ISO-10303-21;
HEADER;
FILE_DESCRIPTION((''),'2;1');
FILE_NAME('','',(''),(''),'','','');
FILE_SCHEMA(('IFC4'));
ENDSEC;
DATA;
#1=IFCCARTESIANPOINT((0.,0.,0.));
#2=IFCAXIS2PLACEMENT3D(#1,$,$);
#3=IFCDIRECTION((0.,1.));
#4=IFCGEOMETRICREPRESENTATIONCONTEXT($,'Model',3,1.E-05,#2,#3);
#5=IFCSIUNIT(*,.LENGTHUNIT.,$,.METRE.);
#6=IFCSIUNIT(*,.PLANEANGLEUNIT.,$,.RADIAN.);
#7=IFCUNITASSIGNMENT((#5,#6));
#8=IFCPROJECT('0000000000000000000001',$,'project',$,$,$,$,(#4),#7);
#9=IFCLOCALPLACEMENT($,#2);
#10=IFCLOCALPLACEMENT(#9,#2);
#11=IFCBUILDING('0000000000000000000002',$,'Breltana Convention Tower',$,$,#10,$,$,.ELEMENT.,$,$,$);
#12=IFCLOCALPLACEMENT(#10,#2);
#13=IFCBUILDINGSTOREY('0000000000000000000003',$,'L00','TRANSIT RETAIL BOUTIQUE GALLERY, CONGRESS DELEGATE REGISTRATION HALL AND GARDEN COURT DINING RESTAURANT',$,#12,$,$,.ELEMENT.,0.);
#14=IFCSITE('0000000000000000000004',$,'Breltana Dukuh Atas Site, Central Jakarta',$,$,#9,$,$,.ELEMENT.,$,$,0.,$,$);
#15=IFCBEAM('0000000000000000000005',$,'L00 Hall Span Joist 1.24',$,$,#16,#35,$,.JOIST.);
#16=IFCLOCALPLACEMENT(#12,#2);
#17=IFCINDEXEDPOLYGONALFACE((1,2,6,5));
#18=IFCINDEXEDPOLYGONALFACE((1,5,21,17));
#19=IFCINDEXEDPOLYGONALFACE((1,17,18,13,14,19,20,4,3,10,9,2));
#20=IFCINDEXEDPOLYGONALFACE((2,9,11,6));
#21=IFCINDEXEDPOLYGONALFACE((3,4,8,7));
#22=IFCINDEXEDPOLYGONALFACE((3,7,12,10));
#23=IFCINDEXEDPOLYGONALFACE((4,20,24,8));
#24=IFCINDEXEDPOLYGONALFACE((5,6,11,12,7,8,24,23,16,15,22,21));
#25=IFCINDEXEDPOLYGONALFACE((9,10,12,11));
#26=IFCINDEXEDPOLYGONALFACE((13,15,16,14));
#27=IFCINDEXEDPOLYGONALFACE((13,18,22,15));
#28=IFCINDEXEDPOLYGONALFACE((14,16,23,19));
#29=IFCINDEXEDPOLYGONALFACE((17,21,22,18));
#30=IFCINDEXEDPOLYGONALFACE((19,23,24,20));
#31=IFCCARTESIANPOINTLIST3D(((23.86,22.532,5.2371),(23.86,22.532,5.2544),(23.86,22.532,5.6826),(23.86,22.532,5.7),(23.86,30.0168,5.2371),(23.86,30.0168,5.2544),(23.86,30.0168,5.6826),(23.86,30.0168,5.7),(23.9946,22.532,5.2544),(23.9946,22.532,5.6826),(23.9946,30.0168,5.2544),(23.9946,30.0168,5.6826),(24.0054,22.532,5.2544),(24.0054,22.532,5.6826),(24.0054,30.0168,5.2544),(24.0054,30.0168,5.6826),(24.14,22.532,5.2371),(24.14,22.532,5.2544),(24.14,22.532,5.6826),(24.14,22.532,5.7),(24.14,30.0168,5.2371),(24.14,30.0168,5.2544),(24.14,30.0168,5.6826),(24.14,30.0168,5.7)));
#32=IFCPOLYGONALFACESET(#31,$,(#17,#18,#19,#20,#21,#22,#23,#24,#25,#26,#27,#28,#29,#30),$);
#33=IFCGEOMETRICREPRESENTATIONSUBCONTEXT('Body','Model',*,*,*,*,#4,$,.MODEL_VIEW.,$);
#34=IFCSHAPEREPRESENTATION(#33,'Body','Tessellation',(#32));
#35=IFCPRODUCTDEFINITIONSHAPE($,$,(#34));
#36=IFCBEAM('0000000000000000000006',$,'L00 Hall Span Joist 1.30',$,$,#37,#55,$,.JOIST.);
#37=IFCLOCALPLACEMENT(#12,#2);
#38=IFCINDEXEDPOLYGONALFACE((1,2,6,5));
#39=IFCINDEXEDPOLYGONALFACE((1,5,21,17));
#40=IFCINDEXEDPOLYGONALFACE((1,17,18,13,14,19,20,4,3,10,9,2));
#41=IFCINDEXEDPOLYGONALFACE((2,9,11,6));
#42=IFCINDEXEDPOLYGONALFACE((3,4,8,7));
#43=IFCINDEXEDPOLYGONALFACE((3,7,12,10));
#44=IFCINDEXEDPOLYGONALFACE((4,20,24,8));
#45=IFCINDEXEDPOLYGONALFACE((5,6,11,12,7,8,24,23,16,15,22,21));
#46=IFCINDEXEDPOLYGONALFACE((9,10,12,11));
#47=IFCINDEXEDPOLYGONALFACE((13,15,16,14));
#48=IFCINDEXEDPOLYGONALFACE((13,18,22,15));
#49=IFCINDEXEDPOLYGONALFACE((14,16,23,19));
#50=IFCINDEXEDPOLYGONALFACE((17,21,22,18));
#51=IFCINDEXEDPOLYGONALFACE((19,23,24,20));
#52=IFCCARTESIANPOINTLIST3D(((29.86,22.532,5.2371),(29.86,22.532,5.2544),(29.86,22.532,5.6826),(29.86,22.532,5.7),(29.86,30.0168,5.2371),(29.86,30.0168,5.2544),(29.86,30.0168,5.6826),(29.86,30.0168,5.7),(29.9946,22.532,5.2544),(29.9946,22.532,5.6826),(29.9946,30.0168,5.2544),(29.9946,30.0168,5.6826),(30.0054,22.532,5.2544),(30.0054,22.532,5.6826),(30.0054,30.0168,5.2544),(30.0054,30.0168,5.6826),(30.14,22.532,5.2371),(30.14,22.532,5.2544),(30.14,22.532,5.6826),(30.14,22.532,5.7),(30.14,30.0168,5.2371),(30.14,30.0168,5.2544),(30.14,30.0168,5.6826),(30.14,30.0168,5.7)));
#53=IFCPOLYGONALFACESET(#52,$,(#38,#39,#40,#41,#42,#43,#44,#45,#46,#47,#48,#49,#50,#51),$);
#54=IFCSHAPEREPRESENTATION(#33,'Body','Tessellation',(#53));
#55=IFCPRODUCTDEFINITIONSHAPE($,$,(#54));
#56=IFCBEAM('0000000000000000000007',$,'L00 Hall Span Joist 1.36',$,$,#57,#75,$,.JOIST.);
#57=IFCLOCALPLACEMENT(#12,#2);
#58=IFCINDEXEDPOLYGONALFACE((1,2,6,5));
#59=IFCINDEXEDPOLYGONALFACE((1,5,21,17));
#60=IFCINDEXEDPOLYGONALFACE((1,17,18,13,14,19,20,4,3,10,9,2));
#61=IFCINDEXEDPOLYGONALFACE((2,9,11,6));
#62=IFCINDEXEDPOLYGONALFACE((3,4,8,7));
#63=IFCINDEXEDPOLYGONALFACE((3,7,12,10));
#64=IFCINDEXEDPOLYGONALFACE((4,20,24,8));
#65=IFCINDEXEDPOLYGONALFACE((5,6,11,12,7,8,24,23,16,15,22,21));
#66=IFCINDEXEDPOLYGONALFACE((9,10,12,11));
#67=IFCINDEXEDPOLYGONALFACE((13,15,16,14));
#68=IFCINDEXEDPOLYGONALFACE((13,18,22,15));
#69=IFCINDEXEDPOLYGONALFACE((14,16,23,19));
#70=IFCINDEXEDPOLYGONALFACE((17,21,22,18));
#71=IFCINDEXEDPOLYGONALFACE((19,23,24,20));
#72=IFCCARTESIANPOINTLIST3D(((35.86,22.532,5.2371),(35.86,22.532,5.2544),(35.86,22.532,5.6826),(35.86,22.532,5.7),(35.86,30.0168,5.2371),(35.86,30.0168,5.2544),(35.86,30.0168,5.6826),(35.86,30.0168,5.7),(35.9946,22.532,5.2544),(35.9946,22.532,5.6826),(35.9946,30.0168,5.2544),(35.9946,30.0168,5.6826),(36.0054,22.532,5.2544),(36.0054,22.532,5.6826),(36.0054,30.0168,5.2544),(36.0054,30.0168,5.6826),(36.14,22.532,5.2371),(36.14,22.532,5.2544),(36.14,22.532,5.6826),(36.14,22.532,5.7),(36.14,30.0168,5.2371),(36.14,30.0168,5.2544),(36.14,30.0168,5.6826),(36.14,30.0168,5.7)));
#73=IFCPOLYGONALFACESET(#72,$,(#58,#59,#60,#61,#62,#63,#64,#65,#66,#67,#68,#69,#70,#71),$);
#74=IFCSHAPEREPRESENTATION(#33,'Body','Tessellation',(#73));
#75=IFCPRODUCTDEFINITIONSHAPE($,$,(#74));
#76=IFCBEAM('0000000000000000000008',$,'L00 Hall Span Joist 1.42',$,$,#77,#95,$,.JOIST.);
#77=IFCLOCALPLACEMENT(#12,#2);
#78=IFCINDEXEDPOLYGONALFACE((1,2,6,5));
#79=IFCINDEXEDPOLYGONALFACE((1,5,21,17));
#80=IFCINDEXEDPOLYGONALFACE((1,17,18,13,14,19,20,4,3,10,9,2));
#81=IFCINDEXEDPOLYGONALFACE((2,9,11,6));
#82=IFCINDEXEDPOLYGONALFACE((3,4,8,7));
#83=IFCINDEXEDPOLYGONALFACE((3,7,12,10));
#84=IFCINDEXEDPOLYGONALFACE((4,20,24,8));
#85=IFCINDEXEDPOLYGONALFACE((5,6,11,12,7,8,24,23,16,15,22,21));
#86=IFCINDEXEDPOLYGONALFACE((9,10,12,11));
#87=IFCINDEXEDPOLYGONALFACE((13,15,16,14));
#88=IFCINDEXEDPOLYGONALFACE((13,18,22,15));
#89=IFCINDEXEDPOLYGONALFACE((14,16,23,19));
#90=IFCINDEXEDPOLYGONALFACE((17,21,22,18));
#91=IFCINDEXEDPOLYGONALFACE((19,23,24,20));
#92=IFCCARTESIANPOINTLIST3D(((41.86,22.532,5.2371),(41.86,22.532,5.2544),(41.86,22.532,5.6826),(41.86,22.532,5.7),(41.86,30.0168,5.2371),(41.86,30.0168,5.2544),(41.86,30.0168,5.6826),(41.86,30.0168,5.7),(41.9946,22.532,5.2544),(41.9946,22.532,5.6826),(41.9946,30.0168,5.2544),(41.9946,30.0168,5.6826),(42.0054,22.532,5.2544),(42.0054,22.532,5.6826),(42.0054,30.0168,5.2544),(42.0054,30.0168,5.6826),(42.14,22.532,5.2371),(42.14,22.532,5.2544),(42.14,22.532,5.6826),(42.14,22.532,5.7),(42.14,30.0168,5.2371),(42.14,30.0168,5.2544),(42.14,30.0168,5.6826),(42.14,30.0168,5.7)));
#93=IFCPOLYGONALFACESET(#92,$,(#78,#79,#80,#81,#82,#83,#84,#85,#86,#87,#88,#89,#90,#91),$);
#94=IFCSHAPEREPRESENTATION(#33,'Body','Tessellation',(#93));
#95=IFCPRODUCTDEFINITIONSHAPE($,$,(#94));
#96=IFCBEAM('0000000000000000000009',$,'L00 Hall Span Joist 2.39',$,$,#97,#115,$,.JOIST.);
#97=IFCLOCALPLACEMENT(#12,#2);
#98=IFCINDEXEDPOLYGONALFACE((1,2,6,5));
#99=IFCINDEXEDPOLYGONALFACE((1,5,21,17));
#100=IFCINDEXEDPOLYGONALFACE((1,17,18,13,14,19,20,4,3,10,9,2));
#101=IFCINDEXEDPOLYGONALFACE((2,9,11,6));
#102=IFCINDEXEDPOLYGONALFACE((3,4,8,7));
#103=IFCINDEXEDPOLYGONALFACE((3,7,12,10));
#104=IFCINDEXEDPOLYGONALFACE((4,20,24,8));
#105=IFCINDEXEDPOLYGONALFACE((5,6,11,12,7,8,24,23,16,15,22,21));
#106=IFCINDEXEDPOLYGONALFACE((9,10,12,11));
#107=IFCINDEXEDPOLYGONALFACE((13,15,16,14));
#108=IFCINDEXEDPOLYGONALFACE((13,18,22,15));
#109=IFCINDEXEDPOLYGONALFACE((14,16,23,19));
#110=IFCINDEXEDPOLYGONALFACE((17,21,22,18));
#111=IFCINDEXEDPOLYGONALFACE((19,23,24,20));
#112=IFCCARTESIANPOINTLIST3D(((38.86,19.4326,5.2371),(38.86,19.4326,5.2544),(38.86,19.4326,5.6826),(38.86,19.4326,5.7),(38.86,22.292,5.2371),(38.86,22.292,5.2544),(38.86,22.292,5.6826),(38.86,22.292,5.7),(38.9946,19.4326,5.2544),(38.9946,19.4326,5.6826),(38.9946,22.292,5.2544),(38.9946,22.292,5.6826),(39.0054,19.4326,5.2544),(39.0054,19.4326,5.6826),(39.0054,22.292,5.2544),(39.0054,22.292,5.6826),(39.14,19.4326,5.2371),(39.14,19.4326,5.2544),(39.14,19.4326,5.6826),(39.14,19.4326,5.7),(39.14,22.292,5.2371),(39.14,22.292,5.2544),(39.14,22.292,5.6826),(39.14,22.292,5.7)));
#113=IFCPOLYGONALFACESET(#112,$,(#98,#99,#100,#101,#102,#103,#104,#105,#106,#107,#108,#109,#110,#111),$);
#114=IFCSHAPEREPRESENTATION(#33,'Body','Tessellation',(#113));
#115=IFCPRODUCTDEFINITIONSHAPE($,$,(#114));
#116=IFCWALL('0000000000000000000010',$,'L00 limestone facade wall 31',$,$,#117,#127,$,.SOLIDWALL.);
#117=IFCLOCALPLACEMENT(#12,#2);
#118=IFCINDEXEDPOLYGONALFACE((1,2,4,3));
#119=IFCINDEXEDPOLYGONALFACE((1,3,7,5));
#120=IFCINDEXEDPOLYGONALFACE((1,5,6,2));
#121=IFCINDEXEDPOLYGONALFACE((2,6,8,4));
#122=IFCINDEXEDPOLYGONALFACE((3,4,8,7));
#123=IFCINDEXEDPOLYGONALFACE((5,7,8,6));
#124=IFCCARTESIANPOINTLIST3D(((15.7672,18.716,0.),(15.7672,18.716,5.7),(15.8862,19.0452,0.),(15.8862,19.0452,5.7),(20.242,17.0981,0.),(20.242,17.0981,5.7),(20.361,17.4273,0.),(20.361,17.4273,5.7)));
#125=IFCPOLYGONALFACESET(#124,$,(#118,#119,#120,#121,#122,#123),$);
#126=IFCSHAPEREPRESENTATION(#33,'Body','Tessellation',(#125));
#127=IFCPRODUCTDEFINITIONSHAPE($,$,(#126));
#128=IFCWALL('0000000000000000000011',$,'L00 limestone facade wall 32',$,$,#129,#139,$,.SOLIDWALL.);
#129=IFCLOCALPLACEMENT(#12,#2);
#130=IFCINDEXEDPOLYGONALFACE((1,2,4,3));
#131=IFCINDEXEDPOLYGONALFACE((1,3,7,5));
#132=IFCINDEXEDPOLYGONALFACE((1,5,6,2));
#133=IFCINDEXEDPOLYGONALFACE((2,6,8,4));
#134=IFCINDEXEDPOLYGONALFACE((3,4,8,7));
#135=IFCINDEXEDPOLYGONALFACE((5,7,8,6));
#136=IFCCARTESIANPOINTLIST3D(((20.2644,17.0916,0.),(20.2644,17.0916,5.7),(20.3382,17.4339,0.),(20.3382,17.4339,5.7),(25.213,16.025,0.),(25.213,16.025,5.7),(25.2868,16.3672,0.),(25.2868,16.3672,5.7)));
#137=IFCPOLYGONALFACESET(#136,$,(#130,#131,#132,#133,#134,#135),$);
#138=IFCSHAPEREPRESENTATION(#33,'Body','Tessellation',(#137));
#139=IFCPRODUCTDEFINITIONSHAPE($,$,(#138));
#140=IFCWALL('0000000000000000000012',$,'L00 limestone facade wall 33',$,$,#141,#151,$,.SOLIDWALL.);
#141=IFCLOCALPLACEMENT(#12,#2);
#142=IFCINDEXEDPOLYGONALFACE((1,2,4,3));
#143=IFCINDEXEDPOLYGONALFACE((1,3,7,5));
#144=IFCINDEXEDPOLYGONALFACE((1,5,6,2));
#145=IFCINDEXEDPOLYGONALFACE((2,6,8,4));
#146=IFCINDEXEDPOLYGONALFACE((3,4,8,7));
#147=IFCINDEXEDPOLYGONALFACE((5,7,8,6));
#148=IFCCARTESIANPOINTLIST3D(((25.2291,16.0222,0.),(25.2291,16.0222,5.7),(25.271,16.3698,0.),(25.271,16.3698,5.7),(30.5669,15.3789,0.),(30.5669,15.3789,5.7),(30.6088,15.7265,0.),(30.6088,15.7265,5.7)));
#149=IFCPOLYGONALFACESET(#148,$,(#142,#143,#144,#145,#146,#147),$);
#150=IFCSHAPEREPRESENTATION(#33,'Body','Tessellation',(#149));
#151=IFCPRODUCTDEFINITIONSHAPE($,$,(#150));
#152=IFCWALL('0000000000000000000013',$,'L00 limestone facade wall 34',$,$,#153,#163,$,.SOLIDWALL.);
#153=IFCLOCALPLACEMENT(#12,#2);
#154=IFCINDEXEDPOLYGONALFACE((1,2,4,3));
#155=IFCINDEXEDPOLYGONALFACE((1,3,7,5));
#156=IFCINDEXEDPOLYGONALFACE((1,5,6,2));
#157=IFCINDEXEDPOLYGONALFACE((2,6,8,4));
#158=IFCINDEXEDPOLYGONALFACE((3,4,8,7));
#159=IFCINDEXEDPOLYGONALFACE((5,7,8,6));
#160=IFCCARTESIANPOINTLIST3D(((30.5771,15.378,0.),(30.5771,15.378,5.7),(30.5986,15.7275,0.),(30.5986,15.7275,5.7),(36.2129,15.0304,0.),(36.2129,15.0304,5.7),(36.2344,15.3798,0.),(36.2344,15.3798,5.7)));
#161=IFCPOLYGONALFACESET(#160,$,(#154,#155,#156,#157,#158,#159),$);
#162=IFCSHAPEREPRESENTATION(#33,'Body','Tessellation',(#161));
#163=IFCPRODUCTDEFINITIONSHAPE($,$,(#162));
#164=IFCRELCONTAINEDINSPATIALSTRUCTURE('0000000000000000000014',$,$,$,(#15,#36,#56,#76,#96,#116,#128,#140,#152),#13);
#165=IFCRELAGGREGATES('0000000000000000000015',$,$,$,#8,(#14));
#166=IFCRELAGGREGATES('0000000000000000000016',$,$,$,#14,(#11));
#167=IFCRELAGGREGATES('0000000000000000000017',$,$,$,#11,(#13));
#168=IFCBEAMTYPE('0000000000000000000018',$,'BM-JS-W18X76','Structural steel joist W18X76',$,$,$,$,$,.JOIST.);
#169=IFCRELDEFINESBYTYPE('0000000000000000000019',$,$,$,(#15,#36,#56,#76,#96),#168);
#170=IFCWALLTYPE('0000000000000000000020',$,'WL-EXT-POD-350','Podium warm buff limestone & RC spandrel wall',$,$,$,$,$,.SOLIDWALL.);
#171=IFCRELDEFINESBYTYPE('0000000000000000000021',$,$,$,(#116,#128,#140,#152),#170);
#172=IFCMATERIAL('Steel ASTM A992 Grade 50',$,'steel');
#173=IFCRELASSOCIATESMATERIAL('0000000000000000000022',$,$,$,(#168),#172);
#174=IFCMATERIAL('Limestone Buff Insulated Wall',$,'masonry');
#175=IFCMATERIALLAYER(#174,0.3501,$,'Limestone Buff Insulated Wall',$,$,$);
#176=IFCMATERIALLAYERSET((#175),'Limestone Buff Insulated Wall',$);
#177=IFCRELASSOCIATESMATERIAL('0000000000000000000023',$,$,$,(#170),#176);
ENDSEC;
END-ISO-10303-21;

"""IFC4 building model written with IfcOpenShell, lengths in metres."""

from ifc_helpers import new_model, si_unit, direction, frame, frame_2d, origin, origin_2d, place, context, subcontext, project, spatial, rectangle, i_section, extrude, source, transform, mapped, material, layer, layer_set, material_profile, profile_set, type_object, type_shapes, element, save


model = new_model("IFC4")

# Units and contexts
model_context = context("Model", 3, precision=1e-05, world=origin(), true_north=direction((0.0, 1.0)))
body_context = subcontext(model_context, "Body", "Model", "MODEL_VIEW")
ifc_project = project(units=[si_unit("LENGTHUNIT", "METRE"), si_unit("PLANEANGLEUNIT", "RADIAN")], contexts=[model_context])

# Site, building, storey
site_placement = place(None, origin())
site = spatial("IfcSite", under=ifc_project, at=site_placement, Name="Breltana Dukuh Atas Site, Central Jakarta", CompositionType="ELEMENT", RefElevation=0.0)
building_placement = place(site_placement, origin())
building = spatial("IfcBuilding", under=site, at=building_placement, Name="Breltana Convention Tower", CompositionType="ELEMENT")
storey_placement = place(building_placement, origin())
storey = spatial("IfcBuildingStorey", under=building, at=storey_placement, Name="L00", Description="TRANSIT RETAIL BOUTIQUE GALLERY, CONGRESS DELEGATE REGISTRATION HALL AND GARDEN COURT DINING RESTAURANT", CompositionType="ELEMENT", Elevation=0.0)

# Beams
ifc_material_1 = material(Name="Steel ASTM A992 Grade 50", Category="steel")
ifc_material_profile_1 = material_profile(ifc_material_1, i_section(OverallWidth=0.28, OverallDepth=0.4629, WebThickness=0.0107, FlangeThickness=0.0173, at=origin_2d()), Name="W18X76")
ifc_profile_set_1 = profile_set([ifc_material_profile_1], Name="Steel ASTM A992 Grade 50")
beam_type_1 = type_object("IfcBeamType", Name="BM-JS-W18X76", Description="Structural steel joist W18X76", PredefinedType="JOIST", material=ifc_profile_set_1)
shared_shape_1 = source(origin(), body_context, "Body", "SweptSolid", [
    extrude(i_section(OverallWidth=0.28, OverallDepth=0.4629, WebThickness=0.0107, FlangeThickness=0.0173, at=origin_2d()), origin(), (0.0, 0.0, 1.0), 7.4849),
])
type_shapes(beam_type_1, [shared_shape_1])
for number, where, z_axis, x_axis, name in (
    (1, (24.0, 22.532, 5.4685), (0.0, 1.0, 0.0), (-1.0, 0.0, 0.0), "L00 Hall Span Joist 1.24"),
    (2, (30.0, 22.532, 5.4685), (0.0, 1.0, 0.0), (-1.0, 0.0, 0.0), "L00 Hall Span Joist 1.30"),
    (3, (36.0, 22.532, 5.4685), (0.0, 1.0, 0.0), (-1.0, 0.0, 0.0), "L00 Hall Span Joist 1.36"),
    (4, (42.0, 22.532, 5.4685), (0.0, 1.0, 0.0), (-1.0, 0.0, 0.0), "L00 Hall Span Joist 1.42"),
):
    element("IfcBeam", number, at=place(storey_placement, frame(where, z_axis=z_axis, x_axis=x_axis)), inside=storey, type_object=beam_type_1, Name=name, PredefinedType="JOIST", context=body_context, shape_type="MappedRepresentation", body=[
        mapped(shared_shape_1, transform((0.0, 0.0, 0.0), scale=1.0)),
    ])
shared_shape_2 = source(origin(), body_context, "Body", "SweptSolid", [
    extrude(i_section(OverallWidth=0.28, OverallDepth=0.4629, WebThickness=0.0107, FlangeThickness=0.0173, at=origin_2d()), origin(), (0.0, 0.0, 1.0), 2.8594),
])
beam_1_placement = place(storey_placement, frame((39.0, 19.4326, 5.4685), z_axis=(0.0, 1.0, 0.0), x_axis=(-1.0, 0.0, 0.0)))
element("IfcBeam", 5, at=beam_1_placement, inside=storey, type_object=beam_type_1, Name="L00 Hall Span Joist 2.39", PredefinedType="JOIST", context=body_context, shape_type="MappedRepresentation", body=[
    mapped(shared_shape_2, transform((0.0, 0.0, 0.0), scale=1.0)),
])

# Walls
ifc_material_2 = material(Name="Limestone Buff Insulated Wall", Category="masonry")
ifc_layer_1 = layer(ifc_material_2, 0.3501, Name="Limestone Buff Insulated Wall")
ifc_layer_set_1 = layer_set([ifc_layer_1], Name="Limestone Buff Insulated Wall")
wall_type_1 = type_object("IfcWallType", Name="WL-EXT-POD-350", Description="Podium warm buff limestone & RC spandrel wall", PredefinedType="SOLIDWALL", material=ifc_layer_set_1)
shared_shape_3 = source(origin(), body_context, "Body", "SweptSolid", [
    extrude(rectangle(XDim=4.7583, YDim=0.3501, at=frame_2d((2.3792, 0.0))), origin(), (0.0, 0.0, 1.0), 5.7),
])
wall_1_placement = place(storey_placement, frame((20.3015, 17.2627, 0.0), z_axis=(0.0, 0.0, 1.0), x_axis=(-0.94042, 0.340016, 0.0)))
element("IfcWall", 6, at=wall_1_placement, inside=storey, type_object=wall_type_1, Name="L00 limestone facade wall 31", PredefinedType="SOLIDWALL", context=body_context, shape_type="MappedRepresentation", body=[
    mapped(shared_shape_3, transform((0.0, 0.0, 0.0), scale=1.0)),
])
shared_shape_4 = source(origin(), body_context, "Body", "SweptSolid", [
    extrude(rectangle(XDim=5.0623, YDim=0.3501, at=frame_2d((2.5312, 0.0))), origin(), (0.0, 0.0, 1.0), 5.7),
])
wall_2_placement = place(storey_placement, frame((25.25, 16.196, 0.0), z_axis=(0.0, 0.0, 1.0), x_axis=(-0.977548, 0.210711, 0.0)))
element("IfcWall", 7, at=wall_2_placement, inside=storey, type_object=wall_type_1, Name="L00 limestone facade wall 32", PredefinedType="SOLIDWALL", context=body_context, shape_type="MappedRepresentation", body=[
    mapped(shared_shape_4, transform((0.0, 0.0, 0.0), scale=1.0)),
])
shared_shape_5 = source(origin(), body_context, "Body", "SweptSolid", [
    extrude(rectangle(XDim=5.3765, YDim=0.3501, at=frame_2d((2.6882, 0.0))), origin(), (0.0, 0.0, 1.0), 5.7),
])
wall_3_placement = place(storey_placement, frame((30.5879, 15.5527, 0.0), z_axis=(0.0, 0.0, 1.0), x_axis=(-0.992816, 0.119652, 0.0)))
element("IfcWall", 8, at=wall_3_placement, inside=storey, type_object=wall_type_1, Name="L00 limestone facade wall 33", PredefinedType="SOLIDWALL", context=body_context, shape_type="MappedRepresentation", body=[
    mapped(shared_shape_5, transform((0.0, 0.0, 0.0), scale=1.0)),
])
shared_shape_6 = source(origin(), body_context, "Body", "SweptSolid", [
    extrude(rectangle(XDim=5.6465, YDim=0.3501, at=frame_2d((2.8232, 0.0))), origin(), (0.0, 0.0, 1.0), 5.7),
])
wall_4_placement = place(storey_placement, frame((36.2236, 15.2051, 0.0), z_axis=(0.0, 0.0, 1.0), x_axis=(-0.998103, 0.061571, 0.0)))
element("IfcWall", 9, at=wall_4_placement, inside=storey, type_object=wall_type_1, Name="L00 limestone facade wall 34", PredefinedType="SOLIDWALL", context=body_context, shape_type="MappedRepresentation", body=[
    mapped(shared_shape_6, transform((0.0, 0.0, 0.0), scale=1.0)),
])

save(model, "model.ifc")
